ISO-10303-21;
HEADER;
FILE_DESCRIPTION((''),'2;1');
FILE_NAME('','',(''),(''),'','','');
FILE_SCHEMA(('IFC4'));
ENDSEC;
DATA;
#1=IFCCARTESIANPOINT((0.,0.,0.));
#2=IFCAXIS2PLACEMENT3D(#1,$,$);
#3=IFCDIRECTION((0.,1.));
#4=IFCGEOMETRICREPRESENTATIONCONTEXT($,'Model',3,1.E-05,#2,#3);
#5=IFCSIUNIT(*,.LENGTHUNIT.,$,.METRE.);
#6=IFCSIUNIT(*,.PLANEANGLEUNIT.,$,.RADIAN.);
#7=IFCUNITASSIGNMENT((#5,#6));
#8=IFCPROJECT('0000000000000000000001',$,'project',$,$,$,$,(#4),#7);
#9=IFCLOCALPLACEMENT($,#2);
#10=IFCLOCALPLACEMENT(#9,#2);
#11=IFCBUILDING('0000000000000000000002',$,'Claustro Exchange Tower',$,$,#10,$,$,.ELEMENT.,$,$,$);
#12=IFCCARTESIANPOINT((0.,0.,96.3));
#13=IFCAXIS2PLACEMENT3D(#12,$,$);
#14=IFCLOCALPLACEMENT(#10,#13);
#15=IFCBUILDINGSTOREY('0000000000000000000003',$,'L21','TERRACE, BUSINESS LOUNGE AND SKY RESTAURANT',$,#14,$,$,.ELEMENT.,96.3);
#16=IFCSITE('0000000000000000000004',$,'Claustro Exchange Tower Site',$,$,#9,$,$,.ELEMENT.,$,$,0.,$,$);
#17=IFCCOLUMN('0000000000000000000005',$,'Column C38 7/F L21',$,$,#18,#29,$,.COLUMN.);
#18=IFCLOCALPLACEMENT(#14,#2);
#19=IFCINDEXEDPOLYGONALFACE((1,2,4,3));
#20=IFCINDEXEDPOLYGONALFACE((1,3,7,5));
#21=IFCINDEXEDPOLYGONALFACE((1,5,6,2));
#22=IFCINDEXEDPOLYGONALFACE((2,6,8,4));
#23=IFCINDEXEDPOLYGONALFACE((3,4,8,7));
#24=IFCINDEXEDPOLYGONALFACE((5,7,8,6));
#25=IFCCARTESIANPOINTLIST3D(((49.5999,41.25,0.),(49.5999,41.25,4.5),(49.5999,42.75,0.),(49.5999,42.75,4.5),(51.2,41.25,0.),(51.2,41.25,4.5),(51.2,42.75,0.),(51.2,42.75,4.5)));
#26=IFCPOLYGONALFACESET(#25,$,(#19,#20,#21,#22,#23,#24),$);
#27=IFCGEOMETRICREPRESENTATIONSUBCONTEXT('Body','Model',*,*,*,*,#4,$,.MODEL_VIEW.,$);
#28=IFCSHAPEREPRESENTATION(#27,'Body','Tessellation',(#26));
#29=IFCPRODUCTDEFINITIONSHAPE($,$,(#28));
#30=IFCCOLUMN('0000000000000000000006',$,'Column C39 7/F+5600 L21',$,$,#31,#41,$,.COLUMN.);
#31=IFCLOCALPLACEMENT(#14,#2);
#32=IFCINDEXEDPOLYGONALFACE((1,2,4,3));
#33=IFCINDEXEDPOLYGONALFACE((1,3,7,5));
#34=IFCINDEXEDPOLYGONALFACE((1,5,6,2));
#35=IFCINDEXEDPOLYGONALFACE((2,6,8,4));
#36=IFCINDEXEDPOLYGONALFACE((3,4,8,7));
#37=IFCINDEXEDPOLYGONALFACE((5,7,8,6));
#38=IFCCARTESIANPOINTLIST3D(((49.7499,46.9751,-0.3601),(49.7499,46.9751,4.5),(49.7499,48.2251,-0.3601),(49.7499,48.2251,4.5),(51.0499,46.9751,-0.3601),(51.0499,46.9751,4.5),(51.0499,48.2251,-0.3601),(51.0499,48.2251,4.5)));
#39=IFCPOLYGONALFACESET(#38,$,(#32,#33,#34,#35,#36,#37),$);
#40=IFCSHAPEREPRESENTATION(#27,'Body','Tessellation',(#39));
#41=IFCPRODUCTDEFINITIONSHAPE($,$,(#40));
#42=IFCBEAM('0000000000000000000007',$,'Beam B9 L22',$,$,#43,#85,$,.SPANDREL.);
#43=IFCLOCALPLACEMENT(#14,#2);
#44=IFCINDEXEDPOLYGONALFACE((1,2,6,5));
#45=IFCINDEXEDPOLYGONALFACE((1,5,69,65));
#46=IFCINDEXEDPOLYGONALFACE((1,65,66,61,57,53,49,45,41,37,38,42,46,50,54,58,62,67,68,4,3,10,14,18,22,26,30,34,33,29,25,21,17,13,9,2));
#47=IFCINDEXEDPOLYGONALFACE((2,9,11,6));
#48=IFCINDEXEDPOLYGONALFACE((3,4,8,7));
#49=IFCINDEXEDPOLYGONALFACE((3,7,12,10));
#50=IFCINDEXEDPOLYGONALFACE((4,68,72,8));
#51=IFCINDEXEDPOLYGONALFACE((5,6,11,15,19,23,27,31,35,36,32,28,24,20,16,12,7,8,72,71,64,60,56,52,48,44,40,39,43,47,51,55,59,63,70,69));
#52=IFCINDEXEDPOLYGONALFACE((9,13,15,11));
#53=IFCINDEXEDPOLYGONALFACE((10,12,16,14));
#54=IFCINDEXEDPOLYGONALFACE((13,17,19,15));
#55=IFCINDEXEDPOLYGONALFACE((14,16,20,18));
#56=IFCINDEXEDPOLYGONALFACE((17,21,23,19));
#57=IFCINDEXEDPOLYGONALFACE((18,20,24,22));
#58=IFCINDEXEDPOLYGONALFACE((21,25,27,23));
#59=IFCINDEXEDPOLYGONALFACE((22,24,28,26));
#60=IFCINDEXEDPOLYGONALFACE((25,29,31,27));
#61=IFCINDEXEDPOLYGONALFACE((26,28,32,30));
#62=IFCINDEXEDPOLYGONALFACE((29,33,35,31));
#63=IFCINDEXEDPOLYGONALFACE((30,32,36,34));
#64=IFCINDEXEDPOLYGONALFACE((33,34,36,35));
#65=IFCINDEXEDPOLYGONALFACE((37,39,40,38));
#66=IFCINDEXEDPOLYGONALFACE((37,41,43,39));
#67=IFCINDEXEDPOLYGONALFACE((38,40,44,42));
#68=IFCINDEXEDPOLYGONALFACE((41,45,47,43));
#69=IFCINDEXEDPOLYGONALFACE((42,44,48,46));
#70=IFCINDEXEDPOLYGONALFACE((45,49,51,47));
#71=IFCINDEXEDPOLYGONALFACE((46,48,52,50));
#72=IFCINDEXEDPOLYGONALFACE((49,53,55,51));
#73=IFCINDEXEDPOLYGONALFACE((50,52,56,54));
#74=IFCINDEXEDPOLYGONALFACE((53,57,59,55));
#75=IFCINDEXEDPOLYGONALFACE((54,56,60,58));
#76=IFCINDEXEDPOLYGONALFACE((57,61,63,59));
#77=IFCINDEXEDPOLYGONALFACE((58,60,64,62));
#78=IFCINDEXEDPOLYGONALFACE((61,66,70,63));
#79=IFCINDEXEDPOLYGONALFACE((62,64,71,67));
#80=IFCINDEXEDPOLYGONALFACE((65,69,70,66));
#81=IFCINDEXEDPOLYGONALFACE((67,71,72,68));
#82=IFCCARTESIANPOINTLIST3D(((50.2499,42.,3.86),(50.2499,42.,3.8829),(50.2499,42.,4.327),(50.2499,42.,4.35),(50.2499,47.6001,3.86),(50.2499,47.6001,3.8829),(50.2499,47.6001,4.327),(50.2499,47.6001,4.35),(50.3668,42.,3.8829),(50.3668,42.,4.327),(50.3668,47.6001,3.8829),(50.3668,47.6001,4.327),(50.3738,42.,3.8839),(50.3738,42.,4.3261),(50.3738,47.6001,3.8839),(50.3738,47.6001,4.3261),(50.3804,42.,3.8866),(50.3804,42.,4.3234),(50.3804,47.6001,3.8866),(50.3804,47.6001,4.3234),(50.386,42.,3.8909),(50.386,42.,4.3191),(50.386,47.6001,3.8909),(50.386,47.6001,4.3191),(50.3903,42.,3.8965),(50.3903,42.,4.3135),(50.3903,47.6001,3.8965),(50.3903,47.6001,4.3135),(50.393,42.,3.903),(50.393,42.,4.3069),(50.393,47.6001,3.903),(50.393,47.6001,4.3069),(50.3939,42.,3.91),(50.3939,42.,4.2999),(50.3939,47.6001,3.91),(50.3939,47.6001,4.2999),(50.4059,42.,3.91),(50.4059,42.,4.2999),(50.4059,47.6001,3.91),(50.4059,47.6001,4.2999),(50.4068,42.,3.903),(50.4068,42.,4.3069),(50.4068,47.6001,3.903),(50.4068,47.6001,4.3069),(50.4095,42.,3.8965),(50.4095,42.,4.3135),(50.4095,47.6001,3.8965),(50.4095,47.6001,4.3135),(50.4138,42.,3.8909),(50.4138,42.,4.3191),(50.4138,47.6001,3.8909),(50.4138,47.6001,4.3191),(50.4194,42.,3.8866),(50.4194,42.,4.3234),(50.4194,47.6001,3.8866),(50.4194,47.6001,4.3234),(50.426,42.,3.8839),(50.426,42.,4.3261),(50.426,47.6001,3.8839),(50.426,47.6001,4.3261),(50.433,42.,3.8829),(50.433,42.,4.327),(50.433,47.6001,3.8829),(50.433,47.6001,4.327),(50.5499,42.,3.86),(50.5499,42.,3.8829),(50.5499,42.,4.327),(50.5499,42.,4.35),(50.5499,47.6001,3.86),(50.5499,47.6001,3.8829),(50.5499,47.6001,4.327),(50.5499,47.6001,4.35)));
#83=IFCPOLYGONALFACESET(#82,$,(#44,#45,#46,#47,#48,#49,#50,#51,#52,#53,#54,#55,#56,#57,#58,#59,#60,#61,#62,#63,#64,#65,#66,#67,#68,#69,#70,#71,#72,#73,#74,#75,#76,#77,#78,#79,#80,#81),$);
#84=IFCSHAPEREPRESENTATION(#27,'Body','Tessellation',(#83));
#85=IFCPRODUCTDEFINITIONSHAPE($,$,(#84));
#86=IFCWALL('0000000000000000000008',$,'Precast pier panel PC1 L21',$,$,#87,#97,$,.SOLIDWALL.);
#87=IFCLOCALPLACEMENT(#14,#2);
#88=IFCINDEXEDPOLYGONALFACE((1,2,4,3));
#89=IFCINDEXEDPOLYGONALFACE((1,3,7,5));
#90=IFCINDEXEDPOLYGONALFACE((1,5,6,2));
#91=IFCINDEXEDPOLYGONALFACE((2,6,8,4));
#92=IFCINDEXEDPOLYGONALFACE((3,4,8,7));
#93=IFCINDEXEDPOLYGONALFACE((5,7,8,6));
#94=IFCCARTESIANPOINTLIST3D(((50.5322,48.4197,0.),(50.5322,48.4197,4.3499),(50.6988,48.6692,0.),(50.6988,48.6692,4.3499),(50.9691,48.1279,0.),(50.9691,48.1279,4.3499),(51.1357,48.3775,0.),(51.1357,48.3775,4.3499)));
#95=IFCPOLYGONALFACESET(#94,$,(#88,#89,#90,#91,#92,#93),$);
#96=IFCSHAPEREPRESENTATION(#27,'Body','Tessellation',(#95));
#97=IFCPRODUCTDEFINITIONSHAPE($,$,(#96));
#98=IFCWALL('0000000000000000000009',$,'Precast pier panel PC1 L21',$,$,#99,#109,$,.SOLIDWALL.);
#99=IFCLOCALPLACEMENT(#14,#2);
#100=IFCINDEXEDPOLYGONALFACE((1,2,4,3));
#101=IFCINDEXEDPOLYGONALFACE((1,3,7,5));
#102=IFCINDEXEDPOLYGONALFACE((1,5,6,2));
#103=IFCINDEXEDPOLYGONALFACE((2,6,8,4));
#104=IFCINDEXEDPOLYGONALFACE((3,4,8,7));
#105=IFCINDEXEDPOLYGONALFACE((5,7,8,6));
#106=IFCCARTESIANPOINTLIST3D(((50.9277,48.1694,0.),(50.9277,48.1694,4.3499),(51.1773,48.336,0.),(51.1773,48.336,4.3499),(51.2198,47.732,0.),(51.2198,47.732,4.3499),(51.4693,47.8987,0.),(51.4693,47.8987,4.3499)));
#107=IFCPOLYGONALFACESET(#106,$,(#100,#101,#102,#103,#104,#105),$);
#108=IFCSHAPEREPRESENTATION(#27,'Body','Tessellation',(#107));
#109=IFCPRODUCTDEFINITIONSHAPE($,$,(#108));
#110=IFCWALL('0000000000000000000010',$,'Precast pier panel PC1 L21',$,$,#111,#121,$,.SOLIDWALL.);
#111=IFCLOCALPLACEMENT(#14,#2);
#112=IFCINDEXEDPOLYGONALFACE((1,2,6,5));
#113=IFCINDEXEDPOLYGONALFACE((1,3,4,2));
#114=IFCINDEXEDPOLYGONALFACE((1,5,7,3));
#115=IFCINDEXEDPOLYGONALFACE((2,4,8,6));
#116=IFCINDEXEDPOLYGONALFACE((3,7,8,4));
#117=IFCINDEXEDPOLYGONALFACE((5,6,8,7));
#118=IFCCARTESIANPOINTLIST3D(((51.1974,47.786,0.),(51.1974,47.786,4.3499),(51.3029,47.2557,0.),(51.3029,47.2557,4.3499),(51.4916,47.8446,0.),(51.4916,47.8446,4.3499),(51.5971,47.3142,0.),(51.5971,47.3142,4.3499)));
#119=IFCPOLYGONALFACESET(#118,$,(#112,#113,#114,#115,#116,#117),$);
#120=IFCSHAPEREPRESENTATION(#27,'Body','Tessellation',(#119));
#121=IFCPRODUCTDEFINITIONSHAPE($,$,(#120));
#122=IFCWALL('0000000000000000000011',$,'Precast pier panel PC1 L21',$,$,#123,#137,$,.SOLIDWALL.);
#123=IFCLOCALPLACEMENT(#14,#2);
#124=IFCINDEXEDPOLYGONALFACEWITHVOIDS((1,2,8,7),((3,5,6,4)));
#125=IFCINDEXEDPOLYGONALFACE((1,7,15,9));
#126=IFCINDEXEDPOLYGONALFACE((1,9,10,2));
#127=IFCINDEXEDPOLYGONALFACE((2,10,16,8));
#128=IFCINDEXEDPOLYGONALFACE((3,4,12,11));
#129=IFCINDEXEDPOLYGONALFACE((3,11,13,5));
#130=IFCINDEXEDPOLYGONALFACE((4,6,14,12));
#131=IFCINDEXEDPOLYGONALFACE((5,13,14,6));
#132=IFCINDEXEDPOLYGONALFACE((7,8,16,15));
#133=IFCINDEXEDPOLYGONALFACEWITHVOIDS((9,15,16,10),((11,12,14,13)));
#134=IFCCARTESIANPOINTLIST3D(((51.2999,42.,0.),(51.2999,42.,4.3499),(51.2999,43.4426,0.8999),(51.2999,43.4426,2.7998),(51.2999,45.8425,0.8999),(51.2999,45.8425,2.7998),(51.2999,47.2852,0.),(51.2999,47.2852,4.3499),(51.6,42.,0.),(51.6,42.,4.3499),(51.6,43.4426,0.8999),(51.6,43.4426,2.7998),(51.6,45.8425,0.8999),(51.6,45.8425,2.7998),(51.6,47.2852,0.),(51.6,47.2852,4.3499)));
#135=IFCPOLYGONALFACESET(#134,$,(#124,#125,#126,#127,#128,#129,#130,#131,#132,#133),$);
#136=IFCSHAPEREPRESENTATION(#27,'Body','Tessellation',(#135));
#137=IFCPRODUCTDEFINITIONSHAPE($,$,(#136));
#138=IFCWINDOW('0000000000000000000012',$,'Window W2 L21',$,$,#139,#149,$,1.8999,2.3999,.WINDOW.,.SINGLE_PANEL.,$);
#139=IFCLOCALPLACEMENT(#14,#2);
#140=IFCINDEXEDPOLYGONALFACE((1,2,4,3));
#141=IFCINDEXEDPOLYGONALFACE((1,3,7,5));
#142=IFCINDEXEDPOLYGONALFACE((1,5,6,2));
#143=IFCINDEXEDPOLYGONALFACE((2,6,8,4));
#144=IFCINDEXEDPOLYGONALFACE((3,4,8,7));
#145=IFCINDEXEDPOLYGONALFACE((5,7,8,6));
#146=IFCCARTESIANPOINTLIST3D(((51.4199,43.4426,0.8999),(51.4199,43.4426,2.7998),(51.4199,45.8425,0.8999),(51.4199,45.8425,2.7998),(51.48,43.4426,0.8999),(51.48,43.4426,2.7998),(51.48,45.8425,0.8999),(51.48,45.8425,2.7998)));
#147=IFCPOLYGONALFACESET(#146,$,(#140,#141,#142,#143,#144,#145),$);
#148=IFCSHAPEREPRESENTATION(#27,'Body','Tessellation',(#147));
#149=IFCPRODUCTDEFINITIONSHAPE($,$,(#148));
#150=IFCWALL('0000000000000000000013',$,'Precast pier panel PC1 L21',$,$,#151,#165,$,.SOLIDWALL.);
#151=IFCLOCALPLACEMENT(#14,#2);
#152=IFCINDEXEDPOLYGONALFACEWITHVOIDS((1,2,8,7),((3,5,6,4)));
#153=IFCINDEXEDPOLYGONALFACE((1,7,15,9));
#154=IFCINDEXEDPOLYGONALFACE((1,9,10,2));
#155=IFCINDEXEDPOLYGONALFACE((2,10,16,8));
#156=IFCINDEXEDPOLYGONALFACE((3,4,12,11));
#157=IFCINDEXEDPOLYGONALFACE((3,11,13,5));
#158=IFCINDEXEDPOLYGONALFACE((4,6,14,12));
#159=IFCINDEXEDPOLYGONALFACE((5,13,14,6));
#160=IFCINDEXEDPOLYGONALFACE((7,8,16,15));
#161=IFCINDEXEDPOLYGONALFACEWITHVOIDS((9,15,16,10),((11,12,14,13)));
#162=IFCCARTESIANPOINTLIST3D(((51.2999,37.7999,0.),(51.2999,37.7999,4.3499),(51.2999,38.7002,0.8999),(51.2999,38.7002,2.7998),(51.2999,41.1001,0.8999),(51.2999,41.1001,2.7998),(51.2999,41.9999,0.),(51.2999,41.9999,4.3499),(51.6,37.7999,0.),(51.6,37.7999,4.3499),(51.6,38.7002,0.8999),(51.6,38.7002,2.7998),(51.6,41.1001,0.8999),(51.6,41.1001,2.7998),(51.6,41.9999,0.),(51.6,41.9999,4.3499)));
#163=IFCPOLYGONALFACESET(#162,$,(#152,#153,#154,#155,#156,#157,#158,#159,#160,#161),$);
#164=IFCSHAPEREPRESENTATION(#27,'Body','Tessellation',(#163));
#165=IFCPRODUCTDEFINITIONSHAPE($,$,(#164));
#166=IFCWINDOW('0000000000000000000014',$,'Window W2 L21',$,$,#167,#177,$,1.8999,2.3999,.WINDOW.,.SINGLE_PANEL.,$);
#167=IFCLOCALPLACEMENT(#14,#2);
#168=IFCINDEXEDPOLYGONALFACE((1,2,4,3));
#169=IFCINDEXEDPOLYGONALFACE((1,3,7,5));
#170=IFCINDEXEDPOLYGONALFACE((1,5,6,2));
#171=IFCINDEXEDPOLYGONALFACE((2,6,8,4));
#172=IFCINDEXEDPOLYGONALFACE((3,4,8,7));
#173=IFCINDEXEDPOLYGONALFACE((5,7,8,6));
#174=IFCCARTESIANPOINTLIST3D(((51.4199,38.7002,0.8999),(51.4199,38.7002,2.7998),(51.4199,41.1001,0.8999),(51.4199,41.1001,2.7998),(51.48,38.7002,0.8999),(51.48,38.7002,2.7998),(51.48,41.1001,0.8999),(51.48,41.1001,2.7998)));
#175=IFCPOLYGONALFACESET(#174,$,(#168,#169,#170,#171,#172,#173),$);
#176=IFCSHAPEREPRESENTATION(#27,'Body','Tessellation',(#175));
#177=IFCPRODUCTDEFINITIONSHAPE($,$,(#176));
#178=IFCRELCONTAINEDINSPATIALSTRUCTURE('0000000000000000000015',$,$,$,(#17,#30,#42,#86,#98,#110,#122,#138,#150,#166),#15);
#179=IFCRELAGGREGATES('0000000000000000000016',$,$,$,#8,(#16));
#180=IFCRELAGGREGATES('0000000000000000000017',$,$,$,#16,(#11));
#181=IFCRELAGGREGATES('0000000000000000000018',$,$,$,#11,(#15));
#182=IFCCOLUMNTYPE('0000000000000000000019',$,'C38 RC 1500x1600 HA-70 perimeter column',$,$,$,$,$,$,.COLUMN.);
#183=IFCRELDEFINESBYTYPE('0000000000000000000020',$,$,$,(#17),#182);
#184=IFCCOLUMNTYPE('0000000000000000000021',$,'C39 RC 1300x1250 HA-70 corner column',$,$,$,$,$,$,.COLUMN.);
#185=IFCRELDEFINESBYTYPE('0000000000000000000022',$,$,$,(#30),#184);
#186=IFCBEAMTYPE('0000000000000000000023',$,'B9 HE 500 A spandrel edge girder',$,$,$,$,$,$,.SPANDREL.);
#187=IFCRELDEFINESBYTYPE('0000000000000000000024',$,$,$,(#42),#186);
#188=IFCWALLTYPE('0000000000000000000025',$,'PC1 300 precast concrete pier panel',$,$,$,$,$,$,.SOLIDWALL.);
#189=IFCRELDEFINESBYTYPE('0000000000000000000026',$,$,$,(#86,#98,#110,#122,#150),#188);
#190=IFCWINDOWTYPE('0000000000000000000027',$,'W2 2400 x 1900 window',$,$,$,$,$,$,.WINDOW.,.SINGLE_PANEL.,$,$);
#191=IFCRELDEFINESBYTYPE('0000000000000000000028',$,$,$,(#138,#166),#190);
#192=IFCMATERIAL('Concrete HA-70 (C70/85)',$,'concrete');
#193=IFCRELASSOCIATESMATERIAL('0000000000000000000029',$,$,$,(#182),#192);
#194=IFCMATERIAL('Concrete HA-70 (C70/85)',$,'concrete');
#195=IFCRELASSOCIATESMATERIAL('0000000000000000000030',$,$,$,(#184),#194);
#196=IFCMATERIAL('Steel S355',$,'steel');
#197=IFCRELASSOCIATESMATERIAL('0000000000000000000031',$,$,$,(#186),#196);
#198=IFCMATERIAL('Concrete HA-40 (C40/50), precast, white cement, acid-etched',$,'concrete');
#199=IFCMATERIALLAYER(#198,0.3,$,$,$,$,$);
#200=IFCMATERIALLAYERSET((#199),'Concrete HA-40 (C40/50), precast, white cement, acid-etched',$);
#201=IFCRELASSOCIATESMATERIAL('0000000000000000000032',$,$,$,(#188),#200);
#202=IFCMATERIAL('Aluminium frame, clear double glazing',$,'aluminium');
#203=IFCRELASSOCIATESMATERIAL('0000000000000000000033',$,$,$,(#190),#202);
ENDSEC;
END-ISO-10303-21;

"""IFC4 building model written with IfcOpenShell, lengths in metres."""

from ifc_helpers import new_model, si_unit, direction, frame, frame_2d, origin, origin_2d, place, context, subcontext, project, spatial, rectangle, i_section, extrude, material, layer, layer_set, material_profile, profile_set, type_object, element, fill, save


model = new_model("IFC4")

# Units and contexts
model_context = context("Model", 3, precision=1e-05, world=origin(), true_north=direction((0.0, 1.0)))
body_context = subcontext(model_context, "Body", "Model", "MODEL_VIEW")
ifc_project = project(units=[si_unit("LENGTHUNIT", "METRE"), si_unit("PLANEANGLEUNIT", "RADIAN")], contexts=[model_context])

# Site, building, storey
site_placement = place(None, origin())
site = spatial("IfcSite", under=ifc_project, at=site_placement, Name="Claustro Exchange Tower Site", CompositionType="ELEMENT", RefElevation=0.0)
building_placement = place(site_placement, origin())
building = spatial("IfcBuilding", under=site, at=building_placement, Name="Claustro Exchange Tower", CompositionType="ELEMENT")
storey_placement = place(building_placement, frame((0.0, 0.0, 96.3)))
storey = spatial("IfcBuildingStorey", under=building, at=storey_placement, Name="L21", Description="TERRACE, BUSINESS LOUNGE AND SKY RESTAURANT", CompositionType="ELEMENT", Elevation=96.3)

# Columns
ifc_material_1 = material(Name="Concrete HA-70 (C70/85)", Category="concrete")
ifc_material_profile_1 = material_profile(ifc_material_1, rectangle(XDim=1.5, YDim=1.6001, at=origin_2d()), Name="RC 1500x1600")
ifc_profile_set_1 = profile_set([ifc_material_profile_1], Name="Concrete HA-70 (C70/85)")
column_type_1 = type_object("IfcColumnType", Name="C38 RC 1500x1600 HA-70 perimeter column", PredefinedType="COLUMN", material=ifc_profile_set_1)
column_1_placement = place(storey_placement, frame((50.3999, 42.0, 0.0), z_axis=(0.0, 0.0, 1.0), x_axis=(0.0, 1.0, 0.0)))
element("IfcColumn", 1, at=column_1_placement, inside=storey, type_object=column_type_1, Name="Column C38 7/F L21", PredefinedType="COLUMN", context=body_context, shape_type="SweptSolid", body=[
    extrude(rectangle(XDim=1.5, YDim=1.6001, at=origin_2d()), origin(), (0.0, 0.0, 1.0), 4.5),
])
ifc_material_2 = material(Name="Concrete HA-70 (C70/85)", Category="concrete")
ifc_material_profile_2 = material_profile(ifc_material_2, rectangle(XDim=1.3, YDim=1.25, at=origin_2d()), Name="RC 1300x1250")
ifc_profile_set_2 = profile_set([ifc_material_profile_2], Name="Concrete HA-70 (C70/85)")
column_type_2 = type_object("IfcColumnType", Name="C39 RC 1300x1250 HA-70 corner column", PredefinedType="COLUMN", material=ifc_profile_set_2)
column_2_placement = place(storey_placement, frame((50.3999, 47.6001, -0.3601), z_axis=(0.0, 0.0, 1.0), x_axis=(1.0, 0.0, 0.0)))
element("IfcColumn", 2, at=column_2_placement, inside=storey, type_object=column_type_2, Name="Column C39 7/F+5600 L21", PredefinedType="COLUMN", context=body_context, shape_type="SweptSolid", body=[
    extrude(rectangle(XDim=1.3, YDim=1.25, at=origin_2d()), origin(), (0.0, 0.0, 1.0), 4.8601),
])

# Beam
ifc_material_3 = material(Name="Steel S355", Category="steel")
ifc_material_profile_3 = material_profile(ifc_material_3, i_section(OverallWidth=0.3, OverallDepth=0.49, WebThickness=0.012, FlangeThickness=0.0229, FilletRadius=0.0271, at=origin_2d()), Name="HE 500 A")
ifc_profile_set_3 = profile_set([ifc_material_profile_3], Name="Steel S355")
beam_type = type_object("IfcBeamType", Name="B9 HE 500 A spandrel edge girder", PredefinedType="SPANDREL", material=ifc_profile_set_3)
beam_placement = place(storey_placement, frame((50.3999, 42.0, 4.105), z_axis=(0.0, 1.0, 0.0), x_axis=(-1.0, 0.0, 0.0)))
element("IfcBeam", 3, at=beam_placement, inside=storey, type_object=beam_type, Name="Beam B9 L22", PredefinedType="SPANDREL", context=body_context, shape_type="SweptSolid", body=[
    extrude(i_section(OverallWidth=0.3, OverallDepth=0.49, WebThickness=0.012, FlangeThickness=0.0229, FilletRadius=0.0271, at=origin_2d()), origin(), (0.0, 0.0, 1.0), 5.6001),
])

# Walls
ifc_material_4 = material(Name="Concrete HA-40 (C40/50), precast, white cement, acid-etched", Category="concrete")
ifc_layer_1 = layer(ifc_material_4, 0.3)
ifc_layer_set_1 = layer_set([ifc_layer_1], Name="Concrete HA-40 (C40/50), precast, white cement, acid-etched")
wall_type_1 = type_object("IfcWallType", Name="PC1 300 precast concrete pier panel", PredefinedType="SOLIDWALL", material=ifc_layer_set_1)
wall_1_placement = place(storey_placement, frame((50.6155, 48.5444, 0.0), z_axis=(0.0, 0.0, 1.0), x_axis=(0.831693, -0.555236, 0.0)))
element("IfcWall", 4, at=wall_1_placement, inside=storey, type_object=wall_type_1, Name="Precast pier panel PC1 L21", PredefinedType="SOLIDWALL", context=body_context, shape_type="SweptSolid", body=[
    extrude(rectangle(XDim=0.5254, YDim=0.3, at=frame_2d((0.2627, 0.0))), origin(), (0.0, 0.0, 1.0), 4.3499),
])
wall_2_placement = place(storey_placement, frame((51.0525, 48.2527, 0.0), z_axis=(0.0, 0.0, 1.0), x_axis=(0.555343, -0.831621, 0.0)))
element("IfcWall", 5, at=wall_2_placement, inside=storey, type_object=wall_type_1, Name="Precast pier panel PC1 L21", PredefinedType="SOLIDWALL", context=body_context, shape_type="SweptSolid", body=[
    extrude(rectangle(XDim=0.5259, YDim=0.3, at=frame_2d((0.2629, 0.0))), origin(), (0.0, 0.0, 1.0), 4.3499),
])
wall_3_placement = place(storey_placement, frame((51.3445, 47.8154, 0.0), z_axis=(0.0, 0.0, 1.0), x_axis=(0.195074, -0.980789, 0.0)))
element("IfcWall", 6, at=wall_3_placement, inside=storey, type_object=wall_type_1, Name="Precast pier panel PC1 L21", PredefinedType="SOLIDWALL", context=body_context, shape_type="SweptSolid", body=[
    extrude(rectangle(XDim=0.5408, YDim=0.3, at=frame_2d((0.2705, 0.0))), origin(), (0.0, 0.0, 1.0), 4.3499),
])

# Walls, openings, windows
wall_4_placement = place(storey_placement, frame((51.45, 47.2852, 0.0), z_axis=(0.0, 0.0, 1.0), x_axis=(0.0, -1.0, 0.0)))
wall_4 = element("IfcWall", 7, at=wall_4_placement, inside=storey, type_object=wall_type_1, Name="Precast pier panel PC1 L21", PredefinedType="SOLIDWALL", context=body_context, shape_type="SweptSolid", body=[
    extrude(rectangle(XDim=5.2852, YDim=0.3, at=frame_2d((2.6426, 0.0))), origin(), (0.0, 0.0, 1.0), 4.3499),
])
opening_1_placement = place(wall_4_placement, frame((1.4426, 0.0, 0.8999)))
opening_1 = element("IfcOpeningElement", 8, at=opening_1_placement, cuts=wall_4, PredefinedType="OPENING", context=body_context, shape_type="SweptSolid", body=[
    extrude(rectangle(XDim=2.3999, YDim=1.8999, at=frame_2d((1.2, 0.95))), frame((0.0, 0.1599, 0.0), z_axis=(0.0, -1.0, 0.0), x_axis=(1.0, 0.0, 0.0)), (0.0, 0.0, 1.0), 0.3201),
])
ifc_material_5 = material(Name="Aluminium frame, clear double glazing", Category="aluminium")
window_type = type_object("IfcWindowType", Name="W2 2400 x 1900 window", PartitioningType="SINGLE_PANEL", PredefinedType="WINDOW", material=ifc_material_5)
window_1_placement = place(opening_1_placement, origin())
window_1 = element("IfcWindow", 9, at=window_1_placement, inside=storey, type_object=window_type, Name="Window W2 L21", OverallHeight=1.8999, OverallWidth=2.3999, PartitioningType="SINGLE_PANEL", PredefinedType="WINDOW", context=body_context, shape_type="SweptSolid", body=[
    extrude(rectangle(XDim=2.3999, YDim=1.8999, at=frame_2d((1.2, 0.95))), frame((0.0, 0.03, 0.0), z_axis=(0.0, -1.0, 0.0), x_axis=(1.0, 0.0, 0.0)), (0.0, 0.0, 1.0), 0.0601),
])
fill(opening_1, window_1)
wall_5_placement = place(storey_placement, frame((51.45, 42.0, 0.0), z_axis=(0.0, 0.0, 1.0), x_axis=(0.0, -1.0, 0.0)))
wall_5 = element("IfcWall", 10, at=wall_5_placement, inside=storey, type_object=wall_type_1, Name="Precast pier panel PC1 L21", PredefinedType="SOLIDWALL", context=body_context, shape_type="SweptSolid", body=[
    extrude(rectangle(XDim=4.2, YDim=0.3, at=frame_2d((2.1001, 0.0))), origin(), (0.0, 0.0, 1.0), 4.3499),
])
opening_2_placement = place(wall_5_placement, frame((0.8999, 0.0, 0.8999)))
opening_2 = element("IfcOpeningElement", 11, at=opening_2_placement, cuts=wall_5, PredefinedType="OPENING", context=body_context, shape_type="SweptSolid", body=[
    extrude(rectangle(XDim=2.3999, YDim=1.8999, at=frame_2d((1.2, 0.95))), frame((0.0, 0.1599, 0.0), z_axis=(0.0, -1.0, 0.0), x_axis=(1.0, 0.0, 0.0)), (0.0, 0.0, 1.0), 0.3201),
])
window_2_placement = place(opening_2_placement, origin())
window_2 = element("IfcWindow", 12, at=window_2_placement, inside=storey, type_object=window_type, Name="Window W2 L21", OverallHeight=1.8999, OverallWidth=2.3999, PartitioningType="SINGLE_PANEL", PredefinedType="WINDOW", context=body_context, shape_type="SweptSolid", body=[
    extrude(rectangle(XDim=2.3999, YDim=1.8999, at=frame_2d((1.2, 0.95))), frame((0.0, 0.03, 0.0), z_axis=(0.0, -1.0, 0.0), x_axis=(1.0, 0.0, 0.0)), (0.0, 0.0, 1.0), 0.0601),
])
fill(opening_2, window_2)

save(model, "model.ifc")
